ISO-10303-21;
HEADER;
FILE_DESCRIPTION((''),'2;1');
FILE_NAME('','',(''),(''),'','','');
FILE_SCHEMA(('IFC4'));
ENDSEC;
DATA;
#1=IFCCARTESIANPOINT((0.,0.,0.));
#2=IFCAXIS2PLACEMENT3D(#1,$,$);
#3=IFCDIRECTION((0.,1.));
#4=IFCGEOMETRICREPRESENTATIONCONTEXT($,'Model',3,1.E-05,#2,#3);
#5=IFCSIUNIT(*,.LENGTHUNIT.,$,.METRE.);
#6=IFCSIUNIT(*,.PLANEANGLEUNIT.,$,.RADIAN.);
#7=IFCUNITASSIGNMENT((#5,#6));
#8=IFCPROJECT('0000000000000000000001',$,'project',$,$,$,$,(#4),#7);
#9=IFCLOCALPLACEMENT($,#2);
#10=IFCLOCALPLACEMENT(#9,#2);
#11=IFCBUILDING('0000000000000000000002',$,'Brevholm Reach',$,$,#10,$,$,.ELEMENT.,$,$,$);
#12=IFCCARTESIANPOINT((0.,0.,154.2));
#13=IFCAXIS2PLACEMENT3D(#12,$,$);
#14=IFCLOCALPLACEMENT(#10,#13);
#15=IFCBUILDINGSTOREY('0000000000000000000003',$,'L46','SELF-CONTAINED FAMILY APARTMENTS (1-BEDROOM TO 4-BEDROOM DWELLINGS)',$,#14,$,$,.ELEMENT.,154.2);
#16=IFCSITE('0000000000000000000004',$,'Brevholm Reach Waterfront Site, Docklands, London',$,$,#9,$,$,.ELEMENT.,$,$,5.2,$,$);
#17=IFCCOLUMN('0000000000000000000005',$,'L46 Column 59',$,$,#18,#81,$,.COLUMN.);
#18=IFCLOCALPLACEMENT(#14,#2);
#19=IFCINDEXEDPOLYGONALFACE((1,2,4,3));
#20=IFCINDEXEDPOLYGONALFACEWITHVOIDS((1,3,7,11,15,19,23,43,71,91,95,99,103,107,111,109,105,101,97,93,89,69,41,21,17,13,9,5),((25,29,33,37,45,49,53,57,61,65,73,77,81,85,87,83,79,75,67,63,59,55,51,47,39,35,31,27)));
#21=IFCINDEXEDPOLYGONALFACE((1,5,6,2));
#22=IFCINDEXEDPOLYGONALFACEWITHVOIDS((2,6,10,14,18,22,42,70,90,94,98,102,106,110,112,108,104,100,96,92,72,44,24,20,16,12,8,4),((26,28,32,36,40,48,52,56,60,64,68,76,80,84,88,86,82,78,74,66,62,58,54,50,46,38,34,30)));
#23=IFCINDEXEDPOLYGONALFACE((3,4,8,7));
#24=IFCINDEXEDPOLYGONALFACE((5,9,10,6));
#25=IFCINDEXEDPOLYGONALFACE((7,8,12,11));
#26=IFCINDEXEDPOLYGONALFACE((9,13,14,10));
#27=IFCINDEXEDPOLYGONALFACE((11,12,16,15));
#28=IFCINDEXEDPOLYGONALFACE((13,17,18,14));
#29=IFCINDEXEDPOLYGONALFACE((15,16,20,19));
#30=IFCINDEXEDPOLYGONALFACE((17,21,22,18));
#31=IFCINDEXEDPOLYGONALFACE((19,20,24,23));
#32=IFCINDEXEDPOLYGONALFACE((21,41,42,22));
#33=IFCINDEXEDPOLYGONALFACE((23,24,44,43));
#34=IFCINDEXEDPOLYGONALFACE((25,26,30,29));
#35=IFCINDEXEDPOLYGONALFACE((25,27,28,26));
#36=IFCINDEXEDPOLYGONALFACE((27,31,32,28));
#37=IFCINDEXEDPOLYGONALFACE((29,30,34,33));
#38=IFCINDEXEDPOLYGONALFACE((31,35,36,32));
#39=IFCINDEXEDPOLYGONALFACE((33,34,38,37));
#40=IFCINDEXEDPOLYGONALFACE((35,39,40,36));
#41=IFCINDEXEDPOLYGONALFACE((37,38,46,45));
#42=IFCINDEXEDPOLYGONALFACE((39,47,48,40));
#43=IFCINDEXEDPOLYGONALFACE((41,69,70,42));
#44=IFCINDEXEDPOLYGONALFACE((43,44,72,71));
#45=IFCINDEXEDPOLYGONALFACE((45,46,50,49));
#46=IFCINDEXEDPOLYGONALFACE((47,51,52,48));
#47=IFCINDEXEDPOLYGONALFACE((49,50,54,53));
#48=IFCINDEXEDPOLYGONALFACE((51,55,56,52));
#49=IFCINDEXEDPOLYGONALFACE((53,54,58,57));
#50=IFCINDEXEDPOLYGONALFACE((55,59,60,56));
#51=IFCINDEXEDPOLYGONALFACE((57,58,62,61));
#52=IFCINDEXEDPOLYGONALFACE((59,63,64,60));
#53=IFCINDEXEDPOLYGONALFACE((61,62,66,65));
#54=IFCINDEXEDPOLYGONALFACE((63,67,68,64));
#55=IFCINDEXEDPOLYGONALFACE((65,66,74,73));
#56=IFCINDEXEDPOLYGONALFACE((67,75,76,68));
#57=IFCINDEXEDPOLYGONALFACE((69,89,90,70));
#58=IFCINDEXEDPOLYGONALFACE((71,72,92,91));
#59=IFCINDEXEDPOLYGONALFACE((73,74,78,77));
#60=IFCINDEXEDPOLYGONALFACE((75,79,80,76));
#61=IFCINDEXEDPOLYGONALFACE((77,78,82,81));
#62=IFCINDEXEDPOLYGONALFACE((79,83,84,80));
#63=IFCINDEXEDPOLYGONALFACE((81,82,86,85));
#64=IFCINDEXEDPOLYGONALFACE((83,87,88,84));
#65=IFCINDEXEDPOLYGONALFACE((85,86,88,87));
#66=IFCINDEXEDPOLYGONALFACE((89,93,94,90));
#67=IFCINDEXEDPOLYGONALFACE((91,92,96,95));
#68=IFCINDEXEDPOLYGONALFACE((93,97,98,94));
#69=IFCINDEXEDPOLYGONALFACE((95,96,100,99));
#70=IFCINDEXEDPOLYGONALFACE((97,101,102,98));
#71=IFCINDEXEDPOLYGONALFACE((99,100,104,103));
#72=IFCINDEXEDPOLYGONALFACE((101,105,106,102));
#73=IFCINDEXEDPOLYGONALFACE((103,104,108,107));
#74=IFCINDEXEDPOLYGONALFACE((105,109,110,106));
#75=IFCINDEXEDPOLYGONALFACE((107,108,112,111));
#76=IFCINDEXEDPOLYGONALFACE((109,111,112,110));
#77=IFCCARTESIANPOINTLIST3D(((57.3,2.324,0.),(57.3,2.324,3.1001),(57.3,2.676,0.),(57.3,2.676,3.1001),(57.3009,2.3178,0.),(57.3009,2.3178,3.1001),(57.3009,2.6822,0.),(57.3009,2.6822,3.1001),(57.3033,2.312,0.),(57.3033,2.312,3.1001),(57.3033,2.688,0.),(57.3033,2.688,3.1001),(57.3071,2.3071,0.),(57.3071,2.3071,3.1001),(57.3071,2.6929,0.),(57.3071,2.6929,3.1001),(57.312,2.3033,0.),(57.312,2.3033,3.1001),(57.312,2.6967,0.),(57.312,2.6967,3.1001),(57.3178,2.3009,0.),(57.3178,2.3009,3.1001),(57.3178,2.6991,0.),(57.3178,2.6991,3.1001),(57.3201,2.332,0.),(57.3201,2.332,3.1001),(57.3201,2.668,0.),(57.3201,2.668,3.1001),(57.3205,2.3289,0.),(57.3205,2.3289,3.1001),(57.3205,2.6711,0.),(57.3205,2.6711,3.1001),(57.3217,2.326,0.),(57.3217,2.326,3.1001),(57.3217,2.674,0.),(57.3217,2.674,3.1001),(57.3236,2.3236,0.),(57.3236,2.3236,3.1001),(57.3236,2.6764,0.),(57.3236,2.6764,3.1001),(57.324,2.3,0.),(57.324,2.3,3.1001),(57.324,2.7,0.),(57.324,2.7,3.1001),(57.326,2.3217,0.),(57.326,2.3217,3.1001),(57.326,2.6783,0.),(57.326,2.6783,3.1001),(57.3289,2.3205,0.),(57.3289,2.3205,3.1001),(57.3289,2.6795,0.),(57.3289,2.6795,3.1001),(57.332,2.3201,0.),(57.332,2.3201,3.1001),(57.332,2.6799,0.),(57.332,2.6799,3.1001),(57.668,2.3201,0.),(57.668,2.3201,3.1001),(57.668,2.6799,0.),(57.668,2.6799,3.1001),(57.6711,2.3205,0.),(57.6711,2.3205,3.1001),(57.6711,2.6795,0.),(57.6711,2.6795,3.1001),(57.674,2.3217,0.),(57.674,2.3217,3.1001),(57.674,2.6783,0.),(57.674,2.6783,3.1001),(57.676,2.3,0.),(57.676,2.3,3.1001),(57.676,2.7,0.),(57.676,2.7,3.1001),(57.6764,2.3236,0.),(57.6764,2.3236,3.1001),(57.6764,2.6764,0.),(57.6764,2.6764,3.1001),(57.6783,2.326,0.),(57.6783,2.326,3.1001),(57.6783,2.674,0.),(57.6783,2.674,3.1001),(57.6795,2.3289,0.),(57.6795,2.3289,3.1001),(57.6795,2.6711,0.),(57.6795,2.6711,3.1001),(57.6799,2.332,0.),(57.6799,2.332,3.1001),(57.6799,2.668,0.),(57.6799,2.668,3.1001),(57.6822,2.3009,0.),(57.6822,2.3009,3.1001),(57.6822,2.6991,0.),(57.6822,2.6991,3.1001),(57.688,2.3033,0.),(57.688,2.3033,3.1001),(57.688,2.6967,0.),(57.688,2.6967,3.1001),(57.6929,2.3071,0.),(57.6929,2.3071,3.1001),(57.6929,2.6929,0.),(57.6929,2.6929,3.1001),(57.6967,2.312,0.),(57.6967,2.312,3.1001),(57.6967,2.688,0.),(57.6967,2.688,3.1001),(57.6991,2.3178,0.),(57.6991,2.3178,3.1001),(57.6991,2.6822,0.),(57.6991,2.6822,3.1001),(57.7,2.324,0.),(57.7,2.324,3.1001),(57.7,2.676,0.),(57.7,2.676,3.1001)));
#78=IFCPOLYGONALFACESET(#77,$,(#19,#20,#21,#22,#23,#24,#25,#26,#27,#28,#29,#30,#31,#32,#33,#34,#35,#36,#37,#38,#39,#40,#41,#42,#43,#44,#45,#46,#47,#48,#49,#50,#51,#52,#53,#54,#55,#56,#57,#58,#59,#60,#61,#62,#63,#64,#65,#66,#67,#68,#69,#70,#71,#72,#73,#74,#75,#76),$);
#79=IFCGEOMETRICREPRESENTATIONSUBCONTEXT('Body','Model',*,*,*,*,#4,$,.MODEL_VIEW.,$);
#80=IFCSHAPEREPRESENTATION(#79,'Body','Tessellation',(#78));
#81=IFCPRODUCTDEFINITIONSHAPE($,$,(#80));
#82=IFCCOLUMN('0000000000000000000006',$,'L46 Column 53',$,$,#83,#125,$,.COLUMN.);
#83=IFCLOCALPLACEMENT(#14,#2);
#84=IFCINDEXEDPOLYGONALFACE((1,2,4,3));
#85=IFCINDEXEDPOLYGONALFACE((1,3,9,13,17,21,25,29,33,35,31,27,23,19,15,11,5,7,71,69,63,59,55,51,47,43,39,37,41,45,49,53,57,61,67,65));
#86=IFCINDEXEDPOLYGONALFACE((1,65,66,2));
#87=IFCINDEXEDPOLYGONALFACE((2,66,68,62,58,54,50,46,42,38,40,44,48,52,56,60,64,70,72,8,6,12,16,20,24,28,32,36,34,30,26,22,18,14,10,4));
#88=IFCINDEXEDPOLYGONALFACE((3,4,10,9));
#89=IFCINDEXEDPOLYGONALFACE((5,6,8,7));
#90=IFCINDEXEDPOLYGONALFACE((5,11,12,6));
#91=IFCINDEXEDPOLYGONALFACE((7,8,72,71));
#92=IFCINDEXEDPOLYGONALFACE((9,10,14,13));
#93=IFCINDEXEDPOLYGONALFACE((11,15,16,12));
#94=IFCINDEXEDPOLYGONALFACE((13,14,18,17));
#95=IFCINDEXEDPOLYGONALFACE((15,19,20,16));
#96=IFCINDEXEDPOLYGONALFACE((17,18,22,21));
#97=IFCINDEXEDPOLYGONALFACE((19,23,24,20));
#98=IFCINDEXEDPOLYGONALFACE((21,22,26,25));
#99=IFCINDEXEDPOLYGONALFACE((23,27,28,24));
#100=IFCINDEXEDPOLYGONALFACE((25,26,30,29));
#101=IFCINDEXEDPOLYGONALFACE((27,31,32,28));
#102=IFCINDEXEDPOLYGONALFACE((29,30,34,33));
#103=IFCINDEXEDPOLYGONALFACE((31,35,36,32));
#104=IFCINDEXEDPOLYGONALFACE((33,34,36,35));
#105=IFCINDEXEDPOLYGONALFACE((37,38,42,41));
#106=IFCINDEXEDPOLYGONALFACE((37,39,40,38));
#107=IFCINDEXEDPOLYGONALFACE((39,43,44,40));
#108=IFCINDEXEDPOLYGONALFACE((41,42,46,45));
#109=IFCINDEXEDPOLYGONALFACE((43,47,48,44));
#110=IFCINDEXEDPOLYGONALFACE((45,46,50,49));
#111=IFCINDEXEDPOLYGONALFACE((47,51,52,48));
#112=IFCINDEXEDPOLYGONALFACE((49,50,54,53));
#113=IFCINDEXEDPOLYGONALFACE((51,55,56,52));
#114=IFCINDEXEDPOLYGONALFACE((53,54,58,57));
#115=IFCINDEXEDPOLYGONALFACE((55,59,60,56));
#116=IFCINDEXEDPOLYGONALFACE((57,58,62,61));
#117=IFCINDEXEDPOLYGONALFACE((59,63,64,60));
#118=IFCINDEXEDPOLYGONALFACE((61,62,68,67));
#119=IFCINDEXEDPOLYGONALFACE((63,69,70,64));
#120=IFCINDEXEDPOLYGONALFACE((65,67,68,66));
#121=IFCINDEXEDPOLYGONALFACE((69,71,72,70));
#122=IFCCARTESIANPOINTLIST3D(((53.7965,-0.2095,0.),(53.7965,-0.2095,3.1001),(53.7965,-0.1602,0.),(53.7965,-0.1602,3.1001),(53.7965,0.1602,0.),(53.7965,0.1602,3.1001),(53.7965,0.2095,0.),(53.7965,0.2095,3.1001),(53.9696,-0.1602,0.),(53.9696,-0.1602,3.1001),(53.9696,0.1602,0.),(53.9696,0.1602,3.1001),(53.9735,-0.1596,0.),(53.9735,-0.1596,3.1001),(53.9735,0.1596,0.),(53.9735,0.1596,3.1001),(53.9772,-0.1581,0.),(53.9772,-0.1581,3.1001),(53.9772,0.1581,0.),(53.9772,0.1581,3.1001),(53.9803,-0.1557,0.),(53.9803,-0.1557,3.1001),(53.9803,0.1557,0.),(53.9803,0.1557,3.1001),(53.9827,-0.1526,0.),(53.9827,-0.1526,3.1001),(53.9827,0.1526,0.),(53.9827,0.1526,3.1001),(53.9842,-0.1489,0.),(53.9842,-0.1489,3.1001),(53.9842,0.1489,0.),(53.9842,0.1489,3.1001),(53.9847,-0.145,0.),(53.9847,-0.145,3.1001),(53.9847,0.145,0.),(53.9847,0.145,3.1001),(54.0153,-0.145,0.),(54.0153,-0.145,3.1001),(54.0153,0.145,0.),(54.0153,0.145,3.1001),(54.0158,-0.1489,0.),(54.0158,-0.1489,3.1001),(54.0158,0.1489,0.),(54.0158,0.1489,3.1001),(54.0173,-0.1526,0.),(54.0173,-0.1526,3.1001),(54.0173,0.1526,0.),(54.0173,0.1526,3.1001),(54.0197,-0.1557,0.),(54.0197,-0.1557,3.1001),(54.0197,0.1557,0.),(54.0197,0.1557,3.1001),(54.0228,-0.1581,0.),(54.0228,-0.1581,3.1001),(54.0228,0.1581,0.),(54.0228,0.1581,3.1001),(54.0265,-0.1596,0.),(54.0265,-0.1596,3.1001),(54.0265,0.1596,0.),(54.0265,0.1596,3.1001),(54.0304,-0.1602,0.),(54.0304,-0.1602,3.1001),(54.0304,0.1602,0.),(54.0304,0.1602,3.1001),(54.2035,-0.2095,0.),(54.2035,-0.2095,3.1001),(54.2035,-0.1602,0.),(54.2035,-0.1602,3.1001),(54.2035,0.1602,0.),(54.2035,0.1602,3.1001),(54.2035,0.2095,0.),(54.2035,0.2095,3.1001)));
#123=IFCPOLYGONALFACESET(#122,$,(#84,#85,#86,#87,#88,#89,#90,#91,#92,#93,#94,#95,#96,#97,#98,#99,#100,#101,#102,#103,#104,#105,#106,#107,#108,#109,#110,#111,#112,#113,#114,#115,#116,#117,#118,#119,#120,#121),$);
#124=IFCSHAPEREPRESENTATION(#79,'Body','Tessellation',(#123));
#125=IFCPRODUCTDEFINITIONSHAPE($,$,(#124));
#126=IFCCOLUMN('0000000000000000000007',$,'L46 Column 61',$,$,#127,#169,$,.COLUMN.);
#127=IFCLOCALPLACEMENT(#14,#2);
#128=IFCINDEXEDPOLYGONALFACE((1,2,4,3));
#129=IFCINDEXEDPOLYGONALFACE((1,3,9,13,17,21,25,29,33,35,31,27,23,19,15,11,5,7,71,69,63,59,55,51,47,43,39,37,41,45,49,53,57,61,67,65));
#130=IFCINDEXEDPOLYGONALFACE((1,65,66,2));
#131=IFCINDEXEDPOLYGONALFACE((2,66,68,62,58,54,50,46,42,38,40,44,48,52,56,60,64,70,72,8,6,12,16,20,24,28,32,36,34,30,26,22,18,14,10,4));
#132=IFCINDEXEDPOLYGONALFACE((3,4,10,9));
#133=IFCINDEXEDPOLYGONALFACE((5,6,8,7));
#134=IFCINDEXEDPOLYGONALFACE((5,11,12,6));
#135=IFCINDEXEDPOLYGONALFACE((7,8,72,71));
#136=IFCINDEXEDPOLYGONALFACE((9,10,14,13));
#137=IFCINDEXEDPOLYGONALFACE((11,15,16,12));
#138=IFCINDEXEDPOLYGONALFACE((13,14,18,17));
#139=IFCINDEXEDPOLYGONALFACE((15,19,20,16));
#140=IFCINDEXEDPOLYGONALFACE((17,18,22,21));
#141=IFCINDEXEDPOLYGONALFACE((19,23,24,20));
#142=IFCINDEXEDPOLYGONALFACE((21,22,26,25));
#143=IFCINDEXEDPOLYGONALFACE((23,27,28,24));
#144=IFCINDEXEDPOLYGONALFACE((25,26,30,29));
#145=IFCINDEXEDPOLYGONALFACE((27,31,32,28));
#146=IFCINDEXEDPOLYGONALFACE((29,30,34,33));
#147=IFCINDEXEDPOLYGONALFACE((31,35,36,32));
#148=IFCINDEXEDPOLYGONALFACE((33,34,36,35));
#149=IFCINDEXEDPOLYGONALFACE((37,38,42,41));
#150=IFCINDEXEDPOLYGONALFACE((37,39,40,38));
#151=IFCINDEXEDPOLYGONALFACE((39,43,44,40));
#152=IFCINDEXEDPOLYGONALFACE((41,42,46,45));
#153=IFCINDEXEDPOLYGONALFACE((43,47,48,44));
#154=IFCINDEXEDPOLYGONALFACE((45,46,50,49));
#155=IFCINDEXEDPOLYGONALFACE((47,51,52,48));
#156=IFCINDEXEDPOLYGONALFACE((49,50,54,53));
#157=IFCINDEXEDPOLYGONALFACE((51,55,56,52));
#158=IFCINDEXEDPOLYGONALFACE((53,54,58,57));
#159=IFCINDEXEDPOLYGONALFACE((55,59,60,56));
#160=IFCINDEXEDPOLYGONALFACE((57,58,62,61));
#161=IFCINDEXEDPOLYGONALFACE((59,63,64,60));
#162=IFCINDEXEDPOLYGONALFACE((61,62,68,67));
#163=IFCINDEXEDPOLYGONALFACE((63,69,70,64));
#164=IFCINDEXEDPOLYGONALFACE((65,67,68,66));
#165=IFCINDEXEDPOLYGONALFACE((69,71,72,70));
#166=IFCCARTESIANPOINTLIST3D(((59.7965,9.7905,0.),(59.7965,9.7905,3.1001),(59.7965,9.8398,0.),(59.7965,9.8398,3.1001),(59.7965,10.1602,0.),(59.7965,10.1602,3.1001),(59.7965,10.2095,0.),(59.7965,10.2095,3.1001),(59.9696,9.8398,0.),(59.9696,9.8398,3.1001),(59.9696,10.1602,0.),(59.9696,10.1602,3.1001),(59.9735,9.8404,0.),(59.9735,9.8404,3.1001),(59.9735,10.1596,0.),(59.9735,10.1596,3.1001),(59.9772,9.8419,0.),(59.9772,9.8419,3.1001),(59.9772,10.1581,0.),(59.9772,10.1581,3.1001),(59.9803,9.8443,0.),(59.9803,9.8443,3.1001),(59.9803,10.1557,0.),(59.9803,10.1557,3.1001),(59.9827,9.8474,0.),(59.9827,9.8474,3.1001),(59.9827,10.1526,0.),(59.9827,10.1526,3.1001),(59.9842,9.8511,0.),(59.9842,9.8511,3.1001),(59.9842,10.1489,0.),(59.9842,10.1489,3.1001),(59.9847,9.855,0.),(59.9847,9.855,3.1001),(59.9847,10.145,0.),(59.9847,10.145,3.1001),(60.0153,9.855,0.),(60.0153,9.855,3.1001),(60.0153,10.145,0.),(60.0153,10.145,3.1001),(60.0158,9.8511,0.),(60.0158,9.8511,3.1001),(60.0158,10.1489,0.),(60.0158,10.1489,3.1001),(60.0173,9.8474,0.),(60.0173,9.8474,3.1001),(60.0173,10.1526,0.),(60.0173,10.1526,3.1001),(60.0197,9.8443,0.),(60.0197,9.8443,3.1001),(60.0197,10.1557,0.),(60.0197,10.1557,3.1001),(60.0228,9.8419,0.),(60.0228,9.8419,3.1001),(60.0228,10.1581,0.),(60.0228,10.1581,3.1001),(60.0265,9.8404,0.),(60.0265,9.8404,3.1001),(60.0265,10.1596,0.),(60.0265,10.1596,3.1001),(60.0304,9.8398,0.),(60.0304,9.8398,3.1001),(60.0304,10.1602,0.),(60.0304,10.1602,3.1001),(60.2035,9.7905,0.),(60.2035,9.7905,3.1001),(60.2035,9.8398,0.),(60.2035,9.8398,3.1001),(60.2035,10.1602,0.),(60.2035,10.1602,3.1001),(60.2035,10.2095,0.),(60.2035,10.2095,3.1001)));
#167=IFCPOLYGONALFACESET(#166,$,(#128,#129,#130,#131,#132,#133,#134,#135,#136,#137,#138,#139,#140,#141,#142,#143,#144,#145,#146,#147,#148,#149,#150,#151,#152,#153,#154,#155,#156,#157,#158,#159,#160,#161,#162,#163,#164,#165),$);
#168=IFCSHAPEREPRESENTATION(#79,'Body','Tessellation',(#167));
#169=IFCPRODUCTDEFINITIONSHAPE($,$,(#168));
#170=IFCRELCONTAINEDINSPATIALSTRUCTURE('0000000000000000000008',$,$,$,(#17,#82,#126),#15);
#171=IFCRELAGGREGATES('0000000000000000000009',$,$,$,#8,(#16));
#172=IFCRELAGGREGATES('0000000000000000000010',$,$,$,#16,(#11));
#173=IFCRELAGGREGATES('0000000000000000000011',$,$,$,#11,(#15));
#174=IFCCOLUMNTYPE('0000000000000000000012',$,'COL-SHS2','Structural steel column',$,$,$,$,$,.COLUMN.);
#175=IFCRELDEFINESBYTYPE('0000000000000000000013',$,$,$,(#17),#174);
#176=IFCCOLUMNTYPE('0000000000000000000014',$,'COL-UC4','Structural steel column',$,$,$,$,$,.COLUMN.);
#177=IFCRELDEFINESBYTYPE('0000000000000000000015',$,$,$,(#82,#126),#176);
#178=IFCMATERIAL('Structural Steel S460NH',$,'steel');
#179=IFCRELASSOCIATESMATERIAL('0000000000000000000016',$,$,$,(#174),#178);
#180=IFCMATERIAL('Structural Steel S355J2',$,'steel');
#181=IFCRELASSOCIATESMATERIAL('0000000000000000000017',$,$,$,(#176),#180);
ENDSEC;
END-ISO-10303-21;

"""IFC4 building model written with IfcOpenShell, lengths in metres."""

from ifc_helpers import new_model, si_unit, direction, frame, origin, origin_2d, place, context, subcontext, project, spatial, hollow_rectangle, i_section, extrude, material, material_profile, profile_set, type_object, element, save


model = new_model("IFC4")

# Units and contexts
model_context = context("Model", 3, precision=1e-05, world=origin(), true_north=direction((0.0, 1.0)))
body_context = subcontext(model_context, "Body", "Model", "MODEL_VIEW")
ifc_project = project(units=[si_unit("LENGTHUNIT", "METRE"), si_unit("PLANEANGLEUNIT", "RADIAN")], contexts=[model_context])

# Site, building, storey
site_placement = place(None, origin())
site = spatial("IfcSite", under=ifc_project, at=site_placement, Name="Brevholm Reach Waterfront Site, Docklands, London", CompositionType="ELEMENT", RefElevation=5.2)
building_placement = place(site_placement, origin())
building = spatial("IfcBuilding", under=site, at=building_placement, Name="Brevholm Reach", CompositionType="ELEMENT")
storey_placement = place(building_placement, frame((0.0, 0.0, 154.2)))
storey = spatial("IfcBuildingStorey", under=building, at=storey_placement, Name="L46", Description="SELF-CONTAINED FAMILY APARTMENTS (1-BEDROOM TO 4-BEDROOM DWELLINGS)", CompositionType="ELEMENT", Elevation=154.2)

# Columns
ifc_material_1 = material(Name="Structural Steel S460NH", Category="steel")
ifc_material_profile_1 = material_profile(ifc_material_1, hollow_rectangle(XDim=0.3999, YDim=0.3999, WallThickness=0.02, InnerFilletRadius=0.012, OuterFilletRadius=0.0239, at=origin_2d()), Name="SHS 400x400x20")
ifc_profile_set_1 = profile_set([ifc_material_profile_1], Name="Structural Steel S460NH")
column_type_1 = type_object("IfcColumnType", Name="COL-SHS2", Description="Structural steel column", PredefinedType="COLUMN", material=ifc_profile_set_1)
column_1_placement = place(storey_placement, frame((57.5, 2.5, 0.0), z_axis=(0.0, 0.0, 1.0), x_axis=(1.0, 0.0, 0.0)))
element("IfcColumn", 1, at=column_1_placement, inside=storey, type_object=column_type_1, Name="L46 Column 59", PredefinedType="COLUMN", context=body_context, shape_type="SweptSolid", body=[
    extrude(hollow_rectangle(XDim=0.3999, YDim=0.3999, WallThickness=0.02, InnerFilletRadius=0.012, OuterFilletRadius=0.0239, at=origin_2d()), origin(), (0.0, 0.0, 1.0), 3.1001),
])
ifc_material_2 = material(Name="Structural Steel S355J2", Category="steel")
ifc_material_profile_2 = material_profile(ifc_material_2, i_section(OverallWidth=0.407, OverallDepth=0.4189, WebThickness=0.0305, FlangeThickness=0.0493, FilletRadius=0.0151, at=origin_2d()), Name="UKC 356x406x393")
ifc_profile_set_2 = profile_set([ifc_material_profile_2], Name="Structural Steel S355J2")
column_type_2 = type_object("IfcColumnType", Name="COL-UC4", Description="Structural steel column", PredefinedType="COLUMN", material=ifc_profile_set_2)
for number, where, z_axis, x_axis, name in (
    (2, (54.0, 0.0, 0.0), (0.0, 0.0, 1.0), (1.0, 0.0, 0.0), "L46 Column 53"),
    (3, (60.0, 10.0, 0.0), (0.0, 0.0, 1.0), (1.0, 0.0, 0.0), "L46 Column 61"),
):
    element("IfcColumn", number, at=place(storey_placement, frame(where, z_axis=z_axis, x_axis=x_axis)), inside=storey, type_object=column_type_2, Name=name, PredefinedType="COLUMN", context=body_context, shape_type="SweptSolid", body=[
        extrude(i_section(OverallWidth=0.407, OverallDepth=0.4189, WebThickness=0.0305, FlangeThickness=0.0493, FilletRadius=0.0151, at=origin_2d()), origin(), (0.0, 0.0, 1.0), 3.1001),
    ])

save(model, "model.ifc")
